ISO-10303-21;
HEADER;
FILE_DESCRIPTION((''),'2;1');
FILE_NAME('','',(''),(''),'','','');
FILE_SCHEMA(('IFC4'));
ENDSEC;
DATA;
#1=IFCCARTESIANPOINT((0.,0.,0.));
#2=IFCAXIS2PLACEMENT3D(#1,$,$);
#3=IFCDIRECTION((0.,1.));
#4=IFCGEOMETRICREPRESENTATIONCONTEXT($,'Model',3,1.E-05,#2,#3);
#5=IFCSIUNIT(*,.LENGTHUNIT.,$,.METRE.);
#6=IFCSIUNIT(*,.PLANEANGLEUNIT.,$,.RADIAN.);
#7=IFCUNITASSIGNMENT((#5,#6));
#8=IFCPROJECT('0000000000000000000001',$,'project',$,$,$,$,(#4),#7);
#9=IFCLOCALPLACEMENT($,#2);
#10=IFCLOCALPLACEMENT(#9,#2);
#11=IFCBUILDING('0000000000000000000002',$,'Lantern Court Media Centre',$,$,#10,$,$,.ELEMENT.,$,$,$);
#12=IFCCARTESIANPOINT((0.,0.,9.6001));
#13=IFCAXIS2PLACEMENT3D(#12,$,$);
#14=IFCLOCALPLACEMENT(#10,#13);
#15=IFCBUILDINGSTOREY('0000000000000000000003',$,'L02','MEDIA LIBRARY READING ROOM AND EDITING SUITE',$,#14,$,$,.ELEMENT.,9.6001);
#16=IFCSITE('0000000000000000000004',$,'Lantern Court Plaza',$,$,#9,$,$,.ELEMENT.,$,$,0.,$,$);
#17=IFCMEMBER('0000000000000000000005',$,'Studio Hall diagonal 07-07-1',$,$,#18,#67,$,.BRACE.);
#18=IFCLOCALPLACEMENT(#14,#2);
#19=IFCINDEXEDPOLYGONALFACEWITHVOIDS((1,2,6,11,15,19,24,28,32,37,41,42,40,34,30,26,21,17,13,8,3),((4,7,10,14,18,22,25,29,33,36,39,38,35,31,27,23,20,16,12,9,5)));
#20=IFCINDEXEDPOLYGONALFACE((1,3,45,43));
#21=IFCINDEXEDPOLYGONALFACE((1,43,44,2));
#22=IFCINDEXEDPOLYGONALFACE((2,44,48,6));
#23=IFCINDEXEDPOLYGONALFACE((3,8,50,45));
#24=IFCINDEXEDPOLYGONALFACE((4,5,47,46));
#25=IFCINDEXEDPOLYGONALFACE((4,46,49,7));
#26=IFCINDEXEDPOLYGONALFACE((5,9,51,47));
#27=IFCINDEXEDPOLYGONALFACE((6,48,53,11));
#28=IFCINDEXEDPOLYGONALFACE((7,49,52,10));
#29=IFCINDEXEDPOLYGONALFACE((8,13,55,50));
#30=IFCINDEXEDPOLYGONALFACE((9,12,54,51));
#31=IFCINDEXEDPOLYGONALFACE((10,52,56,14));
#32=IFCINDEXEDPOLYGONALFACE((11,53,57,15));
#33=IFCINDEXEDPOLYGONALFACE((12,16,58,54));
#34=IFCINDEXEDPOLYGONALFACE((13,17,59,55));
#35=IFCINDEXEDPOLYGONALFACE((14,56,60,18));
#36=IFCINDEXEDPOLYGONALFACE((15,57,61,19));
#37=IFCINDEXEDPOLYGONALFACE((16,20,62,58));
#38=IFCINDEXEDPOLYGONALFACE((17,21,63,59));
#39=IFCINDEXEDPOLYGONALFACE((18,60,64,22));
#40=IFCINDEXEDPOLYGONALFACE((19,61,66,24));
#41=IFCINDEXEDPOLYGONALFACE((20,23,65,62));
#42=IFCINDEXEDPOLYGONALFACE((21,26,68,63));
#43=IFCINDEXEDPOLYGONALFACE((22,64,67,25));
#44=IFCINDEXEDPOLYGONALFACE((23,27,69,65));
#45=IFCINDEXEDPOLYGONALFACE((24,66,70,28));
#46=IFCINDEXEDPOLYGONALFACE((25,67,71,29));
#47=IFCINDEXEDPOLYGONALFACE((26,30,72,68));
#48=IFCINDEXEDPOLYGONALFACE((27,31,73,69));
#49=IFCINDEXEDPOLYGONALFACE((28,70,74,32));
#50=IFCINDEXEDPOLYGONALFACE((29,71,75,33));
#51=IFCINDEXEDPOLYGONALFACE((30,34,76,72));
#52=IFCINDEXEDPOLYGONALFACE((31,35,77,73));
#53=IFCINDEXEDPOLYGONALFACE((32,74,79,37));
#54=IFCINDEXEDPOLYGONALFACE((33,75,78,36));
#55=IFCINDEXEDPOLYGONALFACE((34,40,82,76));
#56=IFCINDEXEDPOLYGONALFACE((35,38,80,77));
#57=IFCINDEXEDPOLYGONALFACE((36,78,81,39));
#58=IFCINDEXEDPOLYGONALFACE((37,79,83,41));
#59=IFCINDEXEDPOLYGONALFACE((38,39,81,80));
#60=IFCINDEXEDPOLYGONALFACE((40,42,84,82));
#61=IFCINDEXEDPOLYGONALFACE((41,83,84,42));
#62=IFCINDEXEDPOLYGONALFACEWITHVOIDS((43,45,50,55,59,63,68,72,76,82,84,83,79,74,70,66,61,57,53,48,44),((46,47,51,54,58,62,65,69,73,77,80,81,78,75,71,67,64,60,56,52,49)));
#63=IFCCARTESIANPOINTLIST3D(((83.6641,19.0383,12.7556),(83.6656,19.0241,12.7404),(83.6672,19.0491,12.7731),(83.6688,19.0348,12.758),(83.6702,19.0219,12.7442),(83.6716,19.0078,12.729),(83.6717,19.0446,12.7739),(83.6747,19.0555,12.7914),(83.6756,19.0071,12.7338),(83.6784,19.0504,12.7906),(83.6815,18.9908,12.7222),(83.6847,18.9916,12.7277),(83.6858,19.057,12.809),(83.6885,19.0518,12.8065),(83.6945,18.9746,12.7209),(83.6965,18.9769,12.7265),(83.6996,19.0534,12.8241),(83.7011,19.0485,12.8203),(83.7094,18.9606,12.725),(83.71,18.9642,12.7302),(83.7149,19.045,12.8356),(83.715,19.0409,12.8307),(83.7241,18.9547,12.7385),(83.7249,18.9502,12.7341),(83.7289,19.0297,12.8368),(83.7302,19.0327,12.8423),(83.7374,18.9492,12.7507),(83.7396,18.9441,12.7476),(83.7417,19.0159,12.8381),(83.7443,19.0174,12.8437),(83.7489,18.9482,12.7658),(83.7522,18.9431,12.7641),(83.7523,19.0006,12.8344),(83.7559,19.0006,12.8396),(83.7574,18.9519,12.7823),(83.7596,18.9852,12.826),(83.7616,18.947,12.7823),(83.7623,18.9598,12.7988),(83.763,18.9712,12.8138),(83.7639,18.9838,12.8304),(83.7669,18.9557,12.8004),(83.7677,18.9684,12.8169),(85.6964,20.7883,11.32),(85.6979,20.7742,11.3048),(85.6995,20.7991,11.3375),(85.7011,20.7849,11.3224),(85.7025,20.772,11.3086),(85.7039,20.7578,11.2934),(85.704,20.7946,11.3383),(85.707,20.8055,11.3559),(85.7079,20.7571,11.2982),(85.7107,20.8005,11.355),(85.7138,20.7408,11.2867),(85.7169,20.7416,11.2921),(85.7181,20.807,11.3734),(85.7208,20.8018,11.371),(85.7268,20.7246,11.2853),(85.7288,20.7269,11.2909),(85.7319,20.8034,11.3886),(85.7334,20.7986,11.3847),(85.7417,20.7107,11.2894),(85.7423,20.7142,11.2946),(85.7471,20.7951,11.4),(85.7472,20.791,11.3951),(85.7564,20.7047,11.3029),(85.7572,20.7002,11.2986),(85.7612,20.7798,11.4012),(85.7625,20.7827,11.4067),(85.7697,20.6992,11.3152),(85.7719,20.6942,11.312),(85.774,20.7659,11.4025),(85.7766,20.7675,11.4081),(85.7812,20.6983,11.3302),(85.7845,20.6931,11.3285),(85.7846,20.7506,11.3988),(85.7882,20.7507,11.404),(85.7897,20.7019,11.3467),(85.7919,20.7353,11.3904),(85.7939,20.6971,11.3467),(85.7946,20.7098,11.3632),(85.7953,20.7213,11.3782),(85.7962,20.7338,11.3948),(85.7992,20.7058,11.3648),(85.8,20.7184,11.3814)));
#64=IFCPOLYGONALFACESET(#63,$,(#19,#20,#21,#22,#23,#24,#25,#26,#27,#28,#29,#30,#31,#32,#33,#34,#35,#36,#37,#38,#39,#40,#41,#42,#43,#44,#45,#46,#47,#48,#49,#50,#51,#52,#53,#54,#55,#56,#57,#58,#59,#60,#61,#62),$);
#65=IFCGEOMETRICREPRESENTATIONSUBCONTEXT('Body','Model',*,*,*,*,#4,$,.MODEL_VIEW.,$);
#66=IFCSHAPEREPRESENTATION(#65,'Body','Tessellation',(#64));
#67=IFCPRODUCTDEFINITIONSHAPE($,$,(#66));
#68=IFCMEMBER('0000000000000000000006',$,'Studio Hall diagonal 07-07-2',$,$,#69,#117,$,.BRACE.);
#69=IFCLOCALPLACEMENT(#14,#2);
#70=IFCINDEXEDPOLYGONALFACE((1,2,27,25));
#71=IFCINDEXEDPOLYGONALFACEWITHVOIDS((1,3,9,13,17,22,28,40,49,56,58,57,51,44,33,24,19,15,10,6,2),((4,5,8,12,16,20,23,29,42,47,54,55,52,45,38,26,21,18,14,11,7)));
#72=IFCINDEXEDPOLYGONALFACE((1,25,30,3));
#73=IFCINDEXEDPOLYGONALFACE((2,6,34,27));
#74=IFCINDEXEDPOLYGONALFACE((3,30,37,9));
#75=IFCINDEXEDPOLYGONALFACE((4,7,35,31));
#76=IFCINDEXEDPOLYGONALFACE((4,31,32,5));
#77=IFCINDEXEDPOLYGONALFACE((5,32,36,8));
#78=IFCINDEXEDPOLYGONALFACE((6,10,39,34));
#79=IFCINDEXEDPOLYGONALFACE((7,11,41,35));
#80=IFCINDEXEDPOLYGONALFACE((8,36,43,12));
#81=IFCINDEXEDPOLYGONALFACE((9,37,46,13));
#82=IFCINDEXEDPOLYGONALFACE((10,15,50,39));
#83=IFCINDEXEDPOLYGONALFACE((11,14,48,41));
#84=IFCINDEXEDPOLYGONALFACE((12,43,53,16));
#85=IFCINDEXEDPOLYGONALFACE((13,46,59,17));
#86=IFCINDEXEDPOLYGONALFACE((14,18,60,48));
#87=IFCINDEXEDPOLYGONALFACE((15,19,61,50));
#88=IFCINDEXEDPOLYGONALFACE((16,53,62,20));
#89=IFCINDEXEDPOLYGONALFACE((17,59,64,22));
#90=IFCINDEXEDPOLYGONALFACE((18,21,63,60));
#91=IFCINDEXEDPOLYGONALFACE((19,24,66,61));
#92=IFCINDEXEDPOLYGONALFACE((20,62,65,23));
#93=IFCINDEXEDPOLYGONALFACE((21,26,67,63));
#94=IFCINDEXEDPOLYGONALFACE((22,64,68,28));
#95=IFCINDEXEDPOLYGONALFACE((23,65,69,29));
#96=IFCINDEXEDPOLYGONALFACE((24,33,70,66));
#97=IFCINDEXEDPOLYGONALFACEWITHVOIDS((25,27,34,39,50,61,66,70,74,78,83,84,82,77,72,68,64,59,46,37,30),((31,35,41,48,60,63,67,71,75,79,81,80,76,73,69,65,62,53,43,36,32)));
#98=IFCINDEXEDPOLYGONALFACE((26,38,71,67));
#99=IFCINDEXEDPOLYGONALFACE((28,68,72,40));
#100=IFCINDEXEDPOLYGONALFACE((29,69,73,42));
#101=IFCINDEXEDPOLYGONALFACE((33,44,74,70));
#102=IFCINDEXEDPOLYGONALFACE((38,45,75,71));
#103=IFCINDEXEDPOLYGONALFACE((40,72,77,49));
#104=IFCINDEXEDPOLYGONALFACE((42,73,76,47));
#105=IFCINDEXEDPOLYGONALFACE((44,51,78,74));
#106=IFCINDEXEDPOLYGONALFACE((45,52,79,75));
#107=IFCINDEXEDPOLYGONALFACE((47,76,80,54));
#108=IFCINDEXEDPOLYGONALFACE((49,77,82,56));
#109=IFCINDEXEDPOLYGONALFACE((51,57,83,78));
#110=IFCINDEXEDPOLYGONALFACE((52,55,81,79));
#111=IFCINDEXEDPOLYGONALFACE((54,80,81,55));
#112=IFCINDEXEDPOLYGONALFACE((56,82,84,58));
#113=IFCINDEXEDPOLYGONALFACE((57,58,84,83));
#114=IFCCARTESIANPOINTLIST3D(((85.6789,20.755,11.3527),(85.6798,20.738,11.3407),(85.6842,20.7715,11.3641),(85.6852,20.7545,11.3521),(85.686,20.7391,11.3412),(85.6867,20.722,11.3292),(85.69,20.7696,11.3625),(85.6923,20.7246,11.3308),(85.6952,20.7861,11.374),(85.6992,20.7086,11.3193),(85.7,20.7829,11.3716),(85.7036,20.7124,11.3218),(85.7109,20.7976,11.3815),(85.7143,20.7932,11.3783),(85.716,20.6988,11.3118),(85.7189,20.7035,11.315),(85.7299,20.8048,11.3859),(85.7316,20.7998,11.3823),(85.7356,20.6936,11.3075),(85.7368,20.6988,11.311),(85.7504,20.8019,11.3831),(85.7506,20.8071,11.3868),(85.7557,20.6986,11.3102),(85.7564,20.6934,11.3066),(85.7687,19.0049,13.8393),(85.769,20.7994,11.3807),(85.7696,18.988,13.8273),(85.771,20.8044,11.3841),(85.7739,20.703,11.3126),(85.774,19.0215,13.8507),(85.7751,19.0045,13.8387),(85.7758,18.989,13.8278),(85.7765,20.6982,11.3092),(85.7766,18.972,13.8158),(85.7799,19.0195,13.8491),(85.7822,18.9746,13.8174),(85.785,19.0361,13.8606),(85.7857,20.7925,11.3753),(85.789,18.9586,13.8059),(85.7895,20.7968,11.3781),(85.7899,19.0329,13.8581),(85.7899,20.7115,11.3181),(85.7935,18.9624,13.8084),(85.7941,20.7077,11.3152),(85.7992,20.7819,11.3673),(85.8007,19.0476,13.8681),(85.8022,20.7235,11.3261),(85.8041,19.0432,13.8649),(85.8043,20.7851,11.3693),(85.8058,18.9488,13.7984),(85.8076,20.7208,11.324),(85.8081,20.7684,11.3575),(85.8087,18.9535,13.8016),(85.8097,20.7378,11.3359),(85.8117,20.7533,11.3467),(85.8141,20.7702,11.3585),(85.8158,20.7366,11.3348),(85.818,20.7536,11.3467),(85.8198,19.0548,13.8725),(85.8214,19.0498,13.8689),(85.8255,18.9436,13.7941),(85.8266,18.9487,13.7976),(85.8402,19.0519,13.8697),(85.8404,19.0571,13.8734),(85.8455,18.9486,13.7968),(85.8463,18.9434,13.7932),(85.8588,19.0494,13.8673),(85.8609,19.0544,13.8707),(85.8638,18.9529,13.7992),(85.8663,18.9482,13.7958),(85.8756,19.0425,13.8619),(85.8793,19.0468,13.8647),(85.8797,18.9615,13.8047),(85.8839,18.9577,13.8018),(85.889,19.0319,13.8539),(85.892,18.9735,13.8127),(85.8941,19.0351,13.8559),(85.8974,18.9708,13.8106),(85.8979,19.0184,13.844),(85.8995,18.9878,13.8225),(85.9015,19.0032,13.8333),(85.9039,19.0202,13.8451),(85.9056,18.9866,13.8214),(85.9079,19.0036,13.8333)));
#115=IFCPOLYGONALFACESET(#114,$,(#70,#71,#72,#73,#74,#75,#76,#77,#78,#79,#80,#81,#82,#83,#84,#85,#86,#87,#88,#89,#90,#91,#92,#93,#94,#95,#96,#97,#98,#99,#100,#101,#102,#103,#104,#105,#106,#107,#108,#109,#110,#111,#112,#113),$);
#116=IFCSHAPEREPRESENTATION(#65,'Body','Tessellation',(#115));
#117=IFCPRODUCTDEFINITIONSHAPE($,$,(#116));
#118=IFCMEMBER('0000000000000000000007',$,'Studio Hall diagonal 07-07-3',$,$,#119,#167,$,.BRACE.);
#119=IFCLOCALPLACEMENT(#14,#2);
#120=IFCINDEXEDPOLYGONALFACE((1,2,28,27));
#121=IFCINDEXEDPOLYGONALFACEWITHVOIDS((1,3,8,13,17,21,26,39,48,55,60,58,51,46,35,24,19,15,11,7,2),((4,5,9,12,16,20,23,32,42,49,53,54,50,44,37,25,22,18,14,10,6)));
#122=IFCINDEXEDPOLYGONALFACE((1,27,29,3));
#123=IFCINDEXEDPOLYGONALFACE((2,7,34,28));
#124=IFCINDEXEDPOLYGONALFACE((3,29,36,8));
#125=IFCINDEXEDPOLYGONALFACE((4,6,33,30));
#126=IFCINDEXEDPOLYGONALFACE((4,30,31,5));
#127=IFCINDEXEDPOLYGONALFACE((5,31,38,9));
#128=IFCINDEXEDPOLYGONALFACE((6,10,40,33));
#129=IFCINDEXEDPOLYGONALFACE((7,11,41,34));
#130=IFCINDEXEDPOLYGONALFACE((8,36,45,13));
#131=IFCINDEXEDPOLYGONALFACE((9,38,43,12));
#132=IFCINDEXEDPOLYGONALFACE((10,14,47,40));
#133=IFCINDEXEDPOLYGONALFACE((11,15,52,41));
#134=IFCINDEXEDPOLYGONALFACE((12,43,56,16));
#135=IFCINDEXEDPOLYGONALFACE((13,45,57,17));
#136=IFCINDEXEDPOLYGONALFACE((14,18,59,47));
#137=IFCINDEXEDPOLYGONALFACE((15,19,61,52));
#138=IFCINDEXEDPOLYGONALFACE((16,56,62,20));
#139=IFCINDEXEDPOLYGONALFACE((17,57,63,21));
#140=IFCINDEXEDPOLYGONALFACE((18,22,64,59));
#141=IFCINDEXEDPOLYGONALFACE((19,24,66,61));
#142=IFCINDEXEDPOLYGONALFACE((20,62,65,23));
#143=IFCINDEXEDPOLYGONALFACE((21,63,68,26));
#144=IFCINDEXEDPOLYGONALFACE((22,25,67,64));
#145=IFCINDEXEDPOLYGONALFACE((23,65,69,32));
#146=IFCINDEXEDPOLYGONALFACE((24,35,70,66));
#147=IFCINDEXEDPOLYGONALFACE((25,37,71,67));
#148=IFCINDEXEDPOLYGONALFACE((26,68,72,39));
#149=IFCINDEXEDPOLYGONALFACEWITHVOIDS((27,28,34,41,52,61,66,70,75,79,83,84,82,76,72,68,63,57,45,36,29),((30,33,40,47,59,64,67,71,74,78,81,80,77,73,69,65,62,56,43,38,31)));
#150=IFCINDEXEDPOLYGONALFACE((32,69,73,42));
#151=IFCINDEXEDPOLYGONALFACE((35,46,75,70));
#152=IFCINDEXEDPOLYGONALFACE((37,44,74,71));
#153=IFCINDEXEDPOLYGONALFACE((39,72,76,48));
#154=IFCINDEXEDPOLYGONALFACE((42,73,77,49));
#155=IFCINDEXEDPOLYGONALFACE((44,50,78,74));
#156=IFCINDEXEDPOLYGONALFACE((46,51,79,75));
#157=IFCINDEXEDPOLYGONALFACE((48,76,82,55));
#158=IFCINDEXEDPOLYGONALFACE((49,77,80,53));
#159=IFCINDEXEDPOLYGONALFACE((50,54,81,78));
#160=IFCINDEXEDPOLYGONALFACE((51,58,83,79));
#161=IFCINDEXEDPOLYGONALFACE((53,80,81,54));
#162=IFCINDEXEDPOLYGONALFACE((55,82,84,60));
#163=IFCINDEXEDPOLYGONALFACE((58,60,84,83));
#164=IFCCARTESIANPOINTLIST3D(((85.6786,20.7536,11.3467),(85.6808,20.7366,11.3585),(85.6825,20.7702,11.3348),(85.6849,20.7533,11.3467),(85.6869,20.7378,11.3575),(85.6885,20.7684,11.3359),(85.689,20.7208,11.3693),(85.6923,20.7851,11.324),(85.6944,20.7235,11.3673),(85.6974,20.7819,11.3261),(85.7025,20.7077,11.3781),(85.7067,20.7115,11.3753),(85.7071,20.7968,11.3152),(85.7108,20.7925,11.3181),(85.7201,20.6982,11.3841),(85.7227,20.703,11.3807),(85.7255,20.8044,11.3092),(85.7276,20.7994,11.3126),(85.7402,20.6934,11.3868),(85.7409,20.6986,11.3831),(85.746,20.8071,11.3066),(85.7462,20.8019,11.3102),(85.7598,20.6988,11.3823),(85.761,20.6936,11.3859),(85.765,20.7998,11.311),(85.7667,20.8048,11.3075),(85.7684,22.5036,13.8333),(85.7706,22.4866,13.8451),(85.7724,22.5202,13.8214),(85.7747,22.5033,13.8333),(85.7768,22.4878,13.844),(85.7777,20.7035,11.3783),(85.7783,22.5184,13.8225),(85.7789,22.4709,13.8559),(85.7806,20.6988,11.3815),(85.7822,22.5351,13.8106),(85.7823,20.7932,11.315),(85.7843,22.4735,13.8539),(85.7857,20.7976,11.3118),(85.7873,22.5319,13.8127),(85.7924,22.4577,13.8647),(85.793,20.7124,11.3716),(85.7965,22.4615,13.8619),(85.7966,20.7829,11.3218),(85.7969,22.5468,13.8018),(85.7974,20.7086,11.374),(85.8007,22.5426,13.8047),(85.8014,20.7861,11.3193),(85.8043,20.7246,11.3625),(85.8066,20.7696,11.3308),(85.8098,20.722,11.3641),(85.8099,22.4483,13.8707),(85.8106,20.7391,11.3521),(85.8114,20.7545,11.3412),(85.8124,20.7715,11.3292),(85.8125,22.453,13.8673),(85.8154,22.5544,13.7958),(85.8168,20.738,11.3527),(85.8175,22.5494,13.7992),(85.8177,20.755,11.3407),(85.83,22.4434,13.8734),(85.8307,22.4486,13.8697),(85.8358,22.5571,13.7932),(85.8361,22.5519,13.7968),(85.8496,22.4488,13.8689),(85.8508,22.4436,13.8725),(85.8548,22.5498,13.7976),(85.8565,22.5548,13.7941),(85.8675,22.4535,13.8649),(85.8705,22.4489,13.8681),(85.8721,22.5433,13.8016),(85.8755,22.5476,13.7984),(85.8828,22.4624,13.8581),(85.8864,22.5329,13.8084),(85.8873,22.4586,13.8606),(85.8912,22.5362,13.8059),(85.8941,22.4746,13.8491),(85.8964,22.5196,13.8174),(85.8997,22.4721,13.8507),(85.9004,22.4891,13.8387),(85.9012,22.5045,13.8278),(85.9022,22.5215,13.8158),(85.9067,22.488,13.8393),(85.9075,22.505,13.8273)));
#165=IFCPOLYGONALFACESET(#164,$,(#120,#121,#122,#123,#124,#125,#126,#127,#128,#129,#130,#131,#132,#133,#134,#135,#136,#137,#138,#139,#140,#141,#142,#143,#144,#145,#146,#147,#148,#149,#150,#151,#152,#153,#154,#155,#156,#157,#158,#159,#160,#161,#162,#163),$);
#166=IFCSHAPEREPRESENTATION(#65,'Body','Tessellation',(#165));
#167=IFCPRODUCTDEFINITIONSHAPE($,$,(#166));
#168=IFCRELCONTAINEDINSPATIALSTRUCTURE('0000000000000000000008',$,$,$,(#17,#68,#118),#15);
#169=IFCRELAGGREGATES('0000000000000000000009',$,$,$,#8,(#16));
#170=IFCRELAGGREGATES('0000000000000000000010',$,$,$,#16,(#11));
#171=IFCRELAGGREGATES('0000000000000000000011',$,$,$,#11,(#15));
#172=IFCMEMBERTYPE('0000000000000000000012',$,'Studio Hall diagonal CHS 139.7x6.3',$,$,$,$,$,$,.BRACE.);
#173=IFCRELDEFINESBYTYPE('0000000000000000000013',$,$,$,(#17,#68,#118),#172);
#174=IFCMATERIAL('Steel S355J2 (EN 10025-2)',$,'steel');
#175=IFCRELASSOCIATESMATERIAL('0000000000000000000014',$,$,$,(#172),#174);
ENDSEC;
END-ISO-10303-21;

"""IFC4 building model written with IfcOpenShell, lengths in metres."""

from ifc_helpers import new_model, si_unit, direction, frame, origin, origin_2d, place, context, subcontext, project, spatial, hollow_circle, extrude, material, material_profile, profile_set, type_object, element, save


model = new_model("IFC4")

# Units and contexts
model_context = context("Model", 3, precision=1e-05, world=origin(), true_north=direction((0.0, 1.0)))
body_context = subcontext(model_context, "Body", "Model", "MODEL_VIEW")
ifc_project = project(units=[si_unit("LENGTHUNIT", "METRE"), si_unit("PLANEANGLEUNIT", "RADIAN")], contexts=[model_context])

# Site, building, storey
site_placement = place(None, origin())
site = spatial("IfcSite", under=ifc_project, at=site_placement, Name="Lantern Court Plaza", CompositionType="ELEMENT", RefElevation=0.0)
building_placement = place(site_placement, origin())
building = spatial("IfcBuilding", under=site, at=building_placement, Name="Lantern Court Media Centre", CompositionType="ELEMENT")
storey_placement = place(building_placement, frame((0.0, 0.0, 9.6001)))
storey = spatial("IfcBuildingStorey", under=building, at=storey_placement, Name="L02", Description="MEDIA LIBRARY READING ROOM AND EDITING SUITE", CompositionType="ELEMENT", Elevation=9.6001)

# Members
ifc_material = material(Name="Steel S355J2 (EN 10025-2)", Category="steel")
ifc_material_profile_1 = material_profile(ifc_material, hollow_circle(Radius=0.0698, WallThickness=0.0063, at=origin_2d()), Name="Studio Hall diagonal CHS 139.7x6.3")
ifc_profile_set_1 = profile_set([ifc_material_profile_1], Name="Steel S355J2 (EN 10025-2)")
member_type_1 = type_object("IfcMemberType", Name="Studio Hall diagonal CHS 139.7x6.3", PredefinedType="BRACE", material=ifc_profile_set_1)
for number, where, z_axis, x_axis, name in (
    (1, (85.7483, 20.75, 11.3467), (-0.668075, -0.575296, 0.471922), (0.652529, -0.757764, 0.0), "Studio Hall diagonal 07-07-1"),
    (2, (85.7483, 20.75, 11.3467), (0.029535, -0.575284, 0.81742), (0.998685, 0.051272, 0.0), "Studio Hall diagonal 07-07-2"),
    (3, (85.7483, 20.75, 11.3467), (0.029535, 0.575284, 0.81742), (-0.998685, 0.051272, 0.0), "Studio Hall diagonal 07-07-3"),
):
    element("IfcMember", number, at=place(storey_placement, frame(where, z_axis=z_axis, x_axis=x_axis)), inside=storey, type_object=member_type_1, Name=name, PredefinedType="BRACE", context=body_context, shape_type="SweptSolid", body=[
        extrude(hollow_circle(Radius=0.0698, WallThickness=0.0063, at=origin_2d()), origin(), (0.0, 0.0, 1.0), 3.042),
    ])

save(model, "model.ifc")
